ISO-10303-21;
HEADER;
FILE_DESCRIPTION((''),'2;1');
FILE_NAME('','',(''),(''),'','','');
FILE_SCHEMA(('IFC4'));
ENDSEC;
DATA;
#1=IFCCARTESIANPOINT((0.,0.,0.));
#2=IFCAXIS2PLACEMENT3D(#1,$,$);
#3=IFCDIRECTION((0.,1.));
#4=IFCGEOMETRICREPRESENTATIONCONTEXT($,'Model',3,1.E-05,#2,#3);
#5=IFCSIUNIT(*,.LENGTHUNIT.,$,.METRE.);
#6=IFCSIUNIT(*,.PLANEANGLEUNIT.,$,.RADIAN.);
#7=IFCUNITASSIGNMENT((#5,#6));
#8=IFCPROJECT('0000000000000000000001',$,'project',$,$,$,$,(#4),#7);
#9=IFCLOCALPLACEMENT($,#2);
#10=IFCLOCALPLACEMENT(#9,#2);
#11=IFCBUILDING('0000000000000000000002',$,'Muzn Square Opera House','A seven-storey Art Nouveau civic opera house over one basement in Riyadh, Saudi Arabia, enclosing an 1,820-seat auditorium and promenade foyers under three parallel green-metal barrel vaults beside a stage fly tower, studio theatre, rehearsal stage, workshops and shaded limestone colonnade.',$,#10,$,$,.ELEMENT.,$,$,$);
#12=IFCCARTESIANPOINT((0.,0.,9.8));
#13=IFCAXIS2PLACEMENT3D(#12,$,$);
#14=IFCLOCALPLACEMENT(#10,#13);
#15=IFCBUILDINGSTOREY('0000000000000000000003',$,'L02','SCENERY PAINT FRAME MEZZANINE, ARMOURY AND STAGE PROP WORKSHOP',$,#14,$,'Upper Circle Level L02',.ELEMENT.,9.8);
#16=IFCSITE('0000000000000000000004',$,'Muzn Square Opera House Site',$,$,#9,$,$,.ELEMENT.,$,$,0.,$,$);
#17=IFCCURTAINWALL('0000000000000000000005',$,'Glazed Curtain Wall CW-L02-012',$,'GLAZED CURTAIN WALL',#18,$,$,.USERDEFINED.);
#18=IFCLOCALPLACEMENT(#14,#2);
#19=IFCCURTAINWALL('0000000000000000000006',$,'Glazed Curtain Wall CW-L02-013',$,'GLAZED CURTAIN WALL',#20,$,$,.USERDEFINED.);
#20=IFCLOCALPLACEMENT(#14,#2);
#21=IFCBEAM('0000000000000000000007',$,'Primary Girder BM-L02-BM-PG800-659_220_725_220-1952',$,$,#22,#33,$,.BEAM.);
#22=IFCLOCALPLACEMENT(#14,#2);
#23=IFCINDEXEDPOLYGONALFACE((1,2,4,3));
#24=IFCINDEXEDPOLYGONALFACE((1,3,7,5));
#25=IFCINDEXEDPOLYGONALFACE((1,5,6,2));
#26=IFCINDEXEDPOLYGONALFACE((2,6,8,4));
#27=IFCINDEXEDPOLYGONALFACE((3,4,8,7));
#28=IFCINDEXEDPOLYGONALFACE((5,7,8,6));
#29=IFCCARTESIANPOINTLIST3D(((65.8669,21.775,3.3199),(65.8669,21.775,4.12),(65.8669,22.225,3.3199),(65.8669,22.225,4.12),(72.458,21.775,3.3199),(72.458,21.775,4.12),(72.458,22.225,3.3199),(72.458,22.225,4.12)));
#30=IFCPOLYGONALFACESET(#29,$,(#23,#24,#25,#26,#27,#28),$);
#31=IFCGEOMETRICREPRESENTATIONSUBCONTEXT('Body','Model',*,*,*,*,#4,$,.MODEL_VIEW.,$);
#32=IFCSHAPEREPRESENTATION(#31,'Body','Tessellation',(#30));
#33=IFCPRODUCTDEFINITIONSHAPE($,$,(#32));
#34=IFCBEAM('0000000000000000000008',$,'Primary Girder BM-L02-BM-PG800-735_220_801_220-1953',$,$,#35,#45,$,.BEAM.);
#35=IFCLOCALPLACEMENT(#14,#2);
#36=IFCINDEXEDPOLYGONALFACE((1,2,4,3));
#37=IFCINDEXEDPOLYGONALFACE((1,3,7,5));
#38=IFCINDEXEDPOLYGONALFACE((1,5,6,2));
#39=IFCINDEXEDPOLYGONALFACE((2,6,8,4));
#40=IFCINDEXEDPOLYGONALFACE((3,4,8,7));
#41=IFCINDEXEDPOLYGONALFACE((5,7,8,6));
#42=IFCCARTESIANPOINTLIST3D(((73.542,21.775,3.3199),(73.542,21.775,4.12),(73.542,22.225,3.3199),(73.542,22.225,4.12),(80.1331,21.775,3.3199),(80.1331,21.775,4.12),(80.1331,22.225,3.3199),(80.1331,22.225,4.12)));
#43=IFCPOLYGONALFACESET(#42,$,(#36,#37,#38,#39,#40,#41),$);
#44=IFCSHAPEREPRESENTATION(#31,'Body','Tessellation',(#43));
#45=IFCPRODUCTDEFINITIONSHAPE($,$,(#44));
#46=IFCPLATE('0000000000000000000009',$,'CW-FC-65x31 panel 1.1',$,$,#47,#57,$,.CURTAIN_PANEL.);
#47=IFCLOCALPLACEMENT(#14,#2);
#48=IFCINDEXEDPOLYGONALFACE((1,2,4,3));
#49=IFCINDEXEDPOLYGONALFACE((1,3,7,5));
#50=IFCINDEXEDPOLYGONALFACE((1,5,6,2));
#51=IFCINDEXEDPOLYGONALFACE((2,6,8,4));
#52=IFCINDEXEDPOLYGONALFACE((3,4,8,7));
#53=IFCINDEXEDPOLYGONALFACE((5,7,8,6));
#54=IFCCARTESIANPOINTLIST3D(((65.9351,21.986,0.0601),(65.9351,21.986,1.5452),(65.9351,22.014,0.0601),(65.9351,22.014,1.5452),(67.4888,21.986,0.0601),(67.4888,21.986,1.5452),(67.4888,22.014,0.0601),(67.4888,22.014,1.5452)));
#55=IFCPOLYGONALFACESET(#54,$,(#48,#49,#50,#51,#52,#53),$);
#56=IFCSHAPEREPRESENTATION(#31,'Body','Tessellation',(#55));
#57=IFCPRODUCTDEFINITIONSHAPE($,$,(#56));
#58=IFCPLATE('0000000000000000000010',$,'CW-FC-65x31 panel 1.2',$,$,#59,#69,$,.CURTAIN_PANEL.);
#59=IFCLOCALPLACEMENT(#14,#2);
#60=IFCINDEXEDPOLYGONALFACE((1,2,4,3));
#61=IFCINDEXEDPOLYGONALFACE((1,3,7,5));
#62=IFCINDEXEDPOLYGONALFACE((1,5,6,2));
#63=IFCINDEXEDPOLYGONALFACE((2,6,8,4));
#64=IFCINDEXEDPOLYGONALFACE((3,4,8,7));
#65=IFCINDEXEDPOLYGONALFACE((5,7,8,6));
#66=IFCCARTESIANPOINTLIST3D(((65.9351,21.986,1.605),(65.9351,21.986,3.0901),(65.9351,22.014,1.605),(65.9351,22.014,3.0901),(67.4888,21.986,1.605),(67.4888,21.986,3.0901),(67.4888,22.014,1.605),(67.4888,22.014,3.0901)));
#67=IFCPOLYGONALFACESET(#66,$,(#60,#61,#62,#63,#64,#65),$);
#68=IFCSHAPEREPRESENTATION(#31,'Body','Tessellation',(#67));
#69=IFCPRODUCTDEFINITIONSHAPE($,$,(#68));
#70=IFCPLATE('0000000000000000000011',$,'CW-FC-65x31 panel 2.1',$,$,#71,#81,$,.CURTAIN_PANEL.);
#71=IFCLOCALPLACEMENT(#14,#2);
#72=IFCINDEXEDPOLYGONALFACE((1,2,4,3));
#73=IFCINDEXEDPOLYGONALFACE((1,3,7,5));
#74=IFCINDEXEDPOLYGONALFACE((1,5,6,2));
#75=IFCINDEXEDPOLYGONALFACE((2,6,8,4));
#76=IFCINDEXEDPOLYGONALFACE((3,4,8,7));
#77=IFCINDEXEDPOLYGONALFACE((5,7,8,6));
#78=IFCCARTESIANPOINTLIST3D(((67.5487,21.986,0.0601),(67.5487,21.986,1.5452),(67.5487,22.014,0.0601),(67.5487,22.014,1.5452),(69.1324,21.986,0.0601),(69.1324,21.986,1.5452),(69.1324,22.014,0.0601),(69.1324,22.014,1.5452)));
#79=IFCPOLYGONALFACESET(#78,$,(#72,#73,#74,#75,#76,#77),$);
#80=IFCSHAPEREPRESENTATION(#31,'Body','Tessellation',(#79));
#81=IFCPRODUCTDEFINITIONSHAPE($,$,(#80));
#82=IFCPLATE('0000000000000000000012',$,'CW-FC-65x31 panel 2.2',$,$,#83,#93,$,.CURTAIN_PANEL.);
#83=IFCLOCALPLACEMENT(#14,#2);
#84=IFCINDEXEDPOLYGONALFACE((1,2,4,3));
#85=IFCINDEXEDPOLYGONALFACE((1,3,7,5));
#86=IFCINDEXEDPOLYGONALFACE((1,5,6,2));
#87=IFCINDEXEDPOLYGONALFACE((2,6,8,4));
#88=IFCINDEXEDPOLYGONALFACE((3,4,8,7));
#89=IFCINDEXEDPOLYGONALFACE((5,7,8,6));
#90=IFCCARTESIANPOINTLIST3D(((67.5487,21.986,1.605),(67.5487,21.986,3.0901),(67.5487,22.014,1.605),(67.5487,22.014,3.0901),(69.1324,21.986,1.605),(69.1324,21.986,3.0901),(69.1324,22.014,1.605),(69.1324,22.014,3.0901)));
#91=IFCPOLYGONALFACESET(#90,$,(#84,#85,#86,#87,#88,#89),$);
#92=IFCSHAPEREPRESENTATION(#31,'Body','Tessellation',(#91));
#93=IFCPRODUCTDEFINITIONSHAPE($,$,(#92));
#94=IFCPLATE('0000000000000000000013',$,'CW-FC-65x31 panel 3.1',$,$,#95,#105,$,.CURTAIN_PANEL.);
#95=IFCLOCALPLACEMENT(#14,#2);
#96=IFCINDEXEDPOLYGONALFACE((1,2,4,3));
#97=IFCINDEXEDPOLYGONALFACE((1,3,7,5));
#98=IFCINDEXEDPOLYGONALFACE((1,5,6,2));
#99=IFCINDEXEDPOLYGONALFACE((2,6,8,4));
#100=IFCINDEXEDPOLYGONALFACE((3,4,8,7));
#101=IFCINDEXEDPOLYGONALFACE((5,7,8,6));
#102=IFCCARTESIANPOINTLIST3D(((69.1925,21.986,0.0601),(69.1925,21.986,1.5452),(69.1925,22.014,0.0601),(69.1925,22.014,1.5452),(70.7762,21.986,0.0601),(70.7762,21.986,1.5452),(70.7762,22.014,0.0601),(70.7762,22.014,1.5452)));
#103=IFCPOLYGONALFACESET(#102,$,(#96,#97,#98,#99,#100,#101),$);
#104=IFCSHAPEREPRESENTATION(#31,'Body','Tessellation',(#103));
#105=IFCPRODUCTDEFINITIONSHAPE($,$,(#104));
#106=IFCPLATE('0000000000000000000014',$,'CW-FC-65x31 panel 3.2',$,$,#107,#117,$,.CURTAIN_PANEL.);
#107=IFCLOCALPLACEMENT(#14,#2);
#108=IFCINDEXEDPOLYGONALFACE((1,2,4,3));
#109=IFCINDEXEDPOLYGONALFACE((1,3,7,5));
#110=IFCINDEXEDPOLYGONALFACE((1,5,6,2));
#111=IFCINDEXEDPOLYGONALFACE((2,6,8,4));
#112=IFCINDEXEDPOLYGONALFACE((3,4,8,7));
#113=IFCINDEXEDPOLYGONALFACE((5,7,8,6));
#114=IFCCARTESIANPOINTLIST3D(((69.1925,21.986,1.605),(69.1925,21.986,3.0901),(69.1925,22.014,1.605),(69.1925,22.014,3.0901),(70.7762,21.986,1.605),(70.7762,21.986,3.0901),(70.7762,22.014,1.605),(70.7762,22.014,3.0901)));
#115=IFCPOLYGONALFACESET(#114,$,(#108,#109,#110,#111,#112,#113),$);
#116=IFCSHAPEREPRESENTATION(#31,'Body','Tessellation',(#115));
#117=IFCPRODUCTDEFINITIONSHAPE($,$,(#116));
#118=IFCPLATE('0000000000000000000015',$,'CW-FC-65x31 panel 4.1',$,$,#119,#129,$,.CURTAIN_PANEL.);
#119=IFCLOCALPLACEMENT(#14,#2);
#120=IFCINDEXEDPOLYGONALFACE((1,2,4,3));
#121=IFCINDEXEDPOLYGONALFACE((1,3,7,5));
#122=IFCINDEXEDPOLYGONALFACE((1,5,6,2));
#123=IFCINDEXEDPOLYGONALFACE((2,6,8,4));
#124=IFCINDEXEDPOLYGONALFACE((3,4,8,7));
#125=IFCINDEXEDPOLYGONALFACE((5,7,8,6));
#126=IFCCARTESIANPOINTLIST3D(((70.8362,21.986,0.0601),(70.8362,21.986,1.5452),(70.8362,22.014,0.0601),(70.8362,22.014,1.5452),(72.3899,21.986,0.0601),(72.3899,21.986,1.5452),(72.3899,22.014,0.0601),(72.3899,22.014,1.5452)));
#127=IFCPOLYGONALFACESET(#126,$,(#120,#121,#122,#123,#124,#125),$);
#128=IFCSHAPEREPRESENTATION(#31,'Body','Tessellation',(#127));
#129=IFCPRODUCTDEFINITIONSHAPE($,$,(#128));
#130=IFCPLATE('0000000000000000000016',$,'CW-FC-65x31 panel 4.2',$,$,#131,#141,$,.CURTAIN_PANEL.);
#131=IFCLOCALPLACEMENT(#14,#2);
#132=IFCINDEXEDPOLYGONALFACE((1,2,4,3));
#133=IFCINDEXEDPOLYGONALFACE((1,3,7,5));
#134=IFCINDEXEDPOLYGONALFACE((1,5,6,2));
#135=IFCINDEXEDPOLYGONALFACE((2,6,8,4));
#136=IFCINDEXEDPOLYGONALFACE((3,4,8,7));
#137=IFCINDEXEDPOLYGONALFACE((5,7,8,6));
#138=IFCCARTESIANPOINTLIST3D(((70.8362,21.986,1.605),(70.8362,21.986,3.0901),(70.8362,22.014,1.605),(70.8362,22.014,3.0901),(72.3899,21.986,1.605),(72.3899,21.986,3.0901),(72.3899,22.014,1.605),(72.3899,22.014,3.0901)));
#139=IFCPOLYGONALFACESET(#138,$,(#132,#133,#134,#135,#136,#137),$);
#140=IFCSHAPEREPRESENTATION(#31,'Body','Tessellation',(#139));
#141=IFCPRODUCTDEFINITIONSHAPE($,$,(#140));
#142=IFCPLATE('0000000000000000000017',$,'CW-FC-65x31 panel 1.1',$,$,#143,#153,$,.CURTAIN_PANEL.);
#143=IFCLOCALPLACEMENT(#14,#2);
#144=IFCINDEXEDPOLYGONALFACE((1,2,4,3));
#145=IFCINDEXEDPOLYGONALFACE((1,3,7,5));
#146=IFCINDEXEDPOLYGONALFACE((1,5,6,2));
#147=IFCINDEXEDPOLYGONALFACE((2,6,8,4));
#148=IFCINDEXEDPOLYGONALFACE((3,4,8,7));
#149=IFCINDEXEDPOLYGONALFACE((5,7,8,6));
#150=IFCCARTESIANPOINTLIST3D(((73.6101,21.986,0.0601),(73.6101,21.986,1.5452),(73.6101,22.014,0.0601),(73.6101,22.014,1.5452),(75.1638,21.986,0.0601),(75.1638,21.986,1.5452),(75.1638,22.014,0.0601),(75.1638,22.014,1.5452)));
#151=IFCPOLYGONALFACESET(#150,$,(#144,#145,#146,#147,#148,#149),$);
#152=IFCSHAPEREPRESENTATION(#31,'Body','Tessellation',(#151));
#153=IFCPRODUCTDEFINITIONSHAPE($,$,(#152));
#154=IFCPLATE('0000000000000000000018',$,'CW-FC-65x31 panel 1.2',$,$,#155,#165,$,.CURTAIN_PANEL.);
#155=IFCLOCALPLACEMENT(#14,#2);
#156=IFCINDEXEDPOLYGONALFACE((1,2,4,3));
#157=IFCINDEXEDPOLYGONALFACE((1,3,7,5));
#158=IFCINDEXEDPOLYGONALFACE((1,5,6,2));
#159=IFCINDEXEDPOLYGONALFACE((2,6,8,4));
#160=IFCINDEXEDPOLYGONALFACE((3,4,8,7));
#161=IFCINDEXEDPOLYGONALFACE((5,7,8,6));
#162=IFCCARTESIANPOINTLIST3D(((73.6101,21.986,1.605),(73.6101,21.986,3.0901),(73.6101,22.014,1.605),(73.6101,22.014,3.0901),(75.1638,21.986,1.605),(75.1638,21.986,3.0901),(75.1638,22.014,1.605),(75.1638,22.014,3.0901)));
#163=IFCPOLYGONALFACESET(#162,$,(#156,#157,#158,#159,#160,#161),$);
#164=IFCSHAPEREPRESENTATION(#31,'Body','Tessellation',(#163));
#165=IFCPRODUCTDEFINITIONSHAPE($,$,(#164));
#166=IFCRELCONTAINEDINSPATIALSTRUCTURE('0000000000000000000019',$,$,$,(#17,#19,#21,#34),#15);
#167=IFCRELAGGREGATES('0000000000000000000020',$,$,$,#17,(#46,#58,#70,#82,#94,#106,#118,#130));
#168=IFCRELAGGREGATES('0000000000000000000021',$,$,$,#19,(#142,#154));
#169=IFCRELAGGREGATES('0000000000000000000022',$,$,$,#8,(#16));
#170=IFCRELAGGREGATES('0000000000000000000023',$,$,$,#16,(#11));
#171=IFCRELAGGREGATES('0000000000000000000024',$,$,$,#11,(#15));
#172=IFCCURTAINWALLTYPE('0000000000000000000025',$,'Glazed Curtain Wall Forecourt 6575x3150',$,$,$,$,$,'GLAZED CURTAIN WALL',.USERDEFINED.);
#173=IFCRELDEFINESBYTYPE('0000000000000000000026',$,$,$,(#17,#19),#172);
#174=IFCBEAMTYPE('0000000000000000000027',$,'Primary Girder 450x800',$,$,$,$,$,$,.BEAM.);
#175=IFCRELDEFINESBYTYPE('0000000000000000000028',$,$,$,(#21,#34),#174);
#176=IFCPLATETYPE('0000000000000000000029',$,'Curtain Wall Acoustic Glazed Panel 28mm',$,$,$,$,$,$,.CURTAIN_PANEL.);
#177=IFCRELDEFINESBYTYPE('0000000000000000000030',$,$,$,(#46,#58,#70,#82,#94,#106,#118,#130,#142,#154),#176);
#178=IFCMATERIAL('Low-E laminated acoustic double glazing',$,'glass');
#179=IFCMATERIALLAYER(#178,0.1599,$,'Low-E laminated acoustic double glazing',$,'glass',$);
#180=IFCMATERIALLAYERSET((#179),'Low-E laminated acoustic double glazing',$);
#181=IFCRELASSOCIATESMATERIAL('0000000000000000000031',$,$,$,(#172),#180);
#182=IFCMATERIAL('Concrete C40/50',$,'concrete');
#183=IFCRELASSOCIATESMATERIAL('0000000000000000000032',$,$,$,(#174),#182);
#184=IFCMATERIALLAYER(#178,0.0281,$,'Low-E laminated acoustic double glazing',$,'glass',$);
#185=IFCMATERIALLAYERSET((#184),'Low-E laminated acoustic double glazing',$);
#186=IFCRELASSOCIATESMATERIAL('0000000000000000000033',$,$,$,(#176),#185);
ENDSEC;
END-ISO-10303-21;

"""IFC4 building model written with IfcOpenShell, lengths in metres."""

from ifc_helpers import new_model, si_unit, direction, frame, origin, origin_2d, place, context, subcontext, project, spatial, rectangle, extrude, material, layer, layer_set, material_profile, profile_set, type_object, element, aggregate, save


model = new_model("IFC4")

# Units and contexts
model_context = context("Model", 3, precision=1e-05, world=origin(), true_north=direction((0.0, 1.0)))
body_context = subcontext(model_context, "Body", "Model", "MODEL_VIEW")
ifc_project = project(units=[si_unit("LENGTHUNIT", "METRE"), si_unit("PLANEANGLEUNIT", "RADIAN")], contexts=[model_context])

# Site, building, storey
site_placement = place(None, origin())
site = spatial("IfcSite", under=ifc_project, at=site_placement, Name="Muzn Square Opera House Site", CompositionType="ELEMENT", RefElevation=0.0)
building_placement = place(site_placement, origin())
building = spatial("IfcBuilding", under=site, at=building_placement, Name="Muzn Square Opera House", Description="A seven-storey Art Nouveau civic opera house over one basement in Riyadh, Saudi Arabia, enclosing an 1,820-seat auditorium and promenade foyers under three parallel green-metal barrel vaults beside a stage fly tower, studio theatre, rehearsal stage, workshops and shaded limestone colonnade.", CompositionType="ELEMENT")
storey_placement = place(building_placement, frame((0.0, 0.0, 9.8)))
storey = spatial("IfcBuildingStorey", under=building, at=storey_placement, Name="L02", Description="SCENERY PAINT FRAME MEZZANINE, ARMOURY AND STAGE PROP WORKSHOP", LongName="Upper Circle Level L02", CompositionType="ELEMENT", Elevation=9.8)

# Curtain wall
ifc_material_1 = material(Name="Low-E laminated acoustic double glazing", Category="glass")
ifc_layer_1 = layer(ifc_material_1, 0.1599, Name="Low-E laminated acoustic double glazing", Category="glass")
ifc_layer_set_1 = layer_set([ifc_layer_1], Name="Low-E laminated acoustic double glazing")
curtain_wall_type = type_object("IfcCurtainWallType", Name="Glazed Curtain Wall Forecourt 6575x3150", ElementType="GLAZED CURTAIN WALL", PredefinedType="USERDEFINED", material=ifc_layer_set_1)
curtain_wall_1_placement = place(storey_placement, origin())
curtain_wall_1 = element("IfcCurtainWall", 1, at=curtain_wall_1_placement, inside=storey, type_object=curtain_wall_type, Name="Glazed Curtain Wall CW-L02-012", ObjectType="GLAZED CURTAIN WALL", PredefinedType="USERDEFINED")

# Curtain wall
curtain_wall_2_placement = place(storey_placement, origin())
curtain_wall_2 = element("IfcCurtainWall", 2, at=curtain_wall_2_placement, inside=storey, type_object=curtain_wall_type, Name="Glazed Curtain Wall CW-L02-013", ObjectType="GLAZED CURTAIN WALL", PredefinedType="USERDEFINED")

# Beams
ifc_material_2 = material(Name="Concrete C40/50", Category="concrete")
ifc_material_profile_1 = material_profile(ifc_material_2, rectangle(XDim=0.45, YDim=0.8, at=origin_2d()), Name="RCB 450x800", Category="concrete")
ifc_profile_set_1 = profile_set([ifc_material_profile_1], Name="Concrete C40/50")
beam_type = type_object("IfcBeamType", Name="Primary Girder 450x800", PredefinedType="BEAM", material=ifc_profile_set_1)
for number, where, z_axis, x_axis, name in (
    (3, (65.8669, 22.0, 3.72), (1.0, 0.0, 0.0), (0.0, 1.0, 0.0), "Primary Girder BM-L02-BM-PG800-659_220_725_220-1952"),
    (4, (73.542, 22.0, 3.72), (1.0, 0.0, 0.0), (0.0, 1.0, 0.0), "Primary Girder BM-L02-BM-PG800-735_220_801_220-1953"),
):
    element("IfcBeam", number, at=place(storey_placement, frame(where, z_axis=z_axis, x_axis=x_axis)), inside=storey, type_object=beam_type, Name=name, PredefinedType="BEAM", context=body_context, shape_type="SweptSolid", body=[
        extrude(rectangle(XDim=0.45, YDim=0.8, at=origin_2d()), origin(), (0.0, 0.0, 1.0), 6.5911),
    ])

# Plates
ifc_layer_2 = layer(ifc_material_1, 0.0281, Name="Low-E laminated acoustic double glazing", Category="glass")
ifc_layer_set_2 = layer_set([ifc_layer_2], Name="Low-E laminated acoustic double glazing")
plate_type = type_object("IfcPlateType", Name="Curtain Wall Acoustic Glazed Panel 28mm", PredefinedType="CURTAIN_PANEL", material=ifc_layer_set_2)
plate_1_placement = place(storey_placement, frame((66.7119, 22.0, 0.0601), z_axis=(0.0, 0.0, 1.0), x_axis=(1.0, 0.0, 0.0)))
plate_1 = element("IfcPlate", 5, at=plate_1_placement, type_object=plate_type, Name="CW-FC-65x31 panel 1.1", PredefinedType="CURTAIN_PANEL", context=body_context, shape_type="SweptSolid", body=[
    extrude(rectangle(XDim=1.5537, YDim=0.0281, at=origin_2d()), origin(), (0.0, 0.0, 1.0), 1.4851),
])
plate_2_placement = place(storey_placement, frame((66.7119, 22.0, 1.605), z_axis=(0.0, 0.0, 1.0), x_axis=(1.0, 0.0, 0.0)))
plate_2 = element("IfcPlate", 6, at=plate_2_placement, type_object=plate_type, Name="CW-FC-65x31 panel 1.2", PredefinedType="CURTAIN_PANEL", context=body_context, shape_type="SweptSolid", body=[
    extrude(rectangle(XDim=1.5537, YDim=0.0281, at=origin_2d()), origin(), (0.0, 0.0, 1.0), 1.4851),
])
plate_3_placement = place(storey_placement, frame((68.3406, 22.0, 0.0601), z_axis=(0.0, 0.0, 1.0), x_axis=(1.0, 0.0, 0.0)))
plate_3 = element("IfcPlate", 7, at=plate_3_placement, type_object=plate_type, Name="CW-FC-65x31 panel 2.1", PredefinedType="CURTAIN_PANEL", context=body_context, shape_type="SweptSolid", body=[
    extrude(rectangle(XDim=1.5837, YDim=0.0281, at=origin_2d()), origin(), (0.0, 0.0, 1.0), 1.4851),
])
plate_4_placement = place(storey_placement, frame((68.3406, 22.0, 1.605), z_axis=(0.0, 0.0, 1.0), x_axis=(1.0, 0.0, 0.0)))
plate_4 = element("IfcPlate", 8, at=plate_4_placement, type_object=plate_type, Name="CW-FC-65x31 panel 2.2", PredefinedType="CURTAIN_PANEL", context=body_context, shape_type="SweptSolid", body=[
    extrude(rectangle(XDim=1.5837, YDim=0.0281, at=origin_2d()), origin(), (0.0, 0.0, 1.0), 1.4851),
])
plate_5_placement = place(storey_placement, frame((69.9844, 22.0, 0.0601), z_axis=(0.0, 0.0, 1.0), x_axis=(1.0, 0.0, 0.0)))
plate_5 = element("IfcPlate", 9, at=plate_5_placement, type_object=plate_type, Name="CW-FC-65x31 panel 3.1", PredefinedType="CURTAIN_PANEL", context=body_context, shape_type="SweptSolid", body=[
    extrude(rectangle(XDim=1.5837, YDim=0.0281, at=origin_2d()), origin(), (0.0, 0.0, 1.0), 1.4851),
])
plate_6_placement = place(storey_placement, frame((69.9844, 22.0, 1.605), z_axis=(0.0, 0.0, 1.0), x_axis=(1.0, 0.0, 0.0)))
plate_6 = element("IfcPlate", 10, at=plate_6_placement, type_object=plate_type, Name="CW-FC-65x31 panel 3.2", PredefinedType="CURTAIN_PANEL", context=body_context, shape_type="SweptSolid", body=[
    extrude(rectangle(XDim=1.5837, YDim=0.0281, at=origin_2d()), origin(), (0.0, 0.0, 1.0), 1.4851),
])
plate_7_placement = place(storey_placement, frame((71.613, 22.0, 0.0601), z_axis=(0.0, 0.0, 1.0), x_axis=(1.0, 0.0, 0.0)))
plate_7 = element("IfcPlate", 11, at=plate_7_placement, type_object=plate_type, Name="CW-FC-65x31 panel 4.1", PredefinedType="CURTAIN_PANEL", context=body_context, shape_type="SweptSolid", body=[
    extrude(rectangle(XDim=1.5537, YDim=0.0281, at=origin_2d()), origin(), (0.0, 0.0, 1.0), 1.4851),
])
plate_8_placement = place(storey_placement, frame((71.613, 22.0, 1.605), z_axis=(0.0, 0.0, 1.0), x_axis=(1.0, 0.0, 0.0)))
plate_8 = element("IfcPlate", 12, at=plate_8_placement, type_object=plate_type, Name="CW-FC-65x31 panel 4.2", PredefinedType="CURTAIN_PANEL", context=body_context, shape_type="SweptSolid", body=[
    extrude(rectangle(XDim=1.5537, YDim=0.0281, at=origin_2d()), origin(), (0.0, 0.0, 1.0), 1.4851),
])
aggregate(curtain_wall_1, [plate_1, plate_2, plate_3, plate_4, plate_5, plate_6, plate_7, plate_8])
plate_9_placement = place(storey_placement, frame((74.387, 22.0, 0.0601), z_axis=(0.0, 0.0, 1.0), x_axis=(1.0, 0.0, 0.0)))
plate_9 = element("IfcPlate", 13, at=plate_9_placement, type_object=plate_type, Name="CW-FC-65x31 panel 1.1", PredefinedType="CURTAIN_PANEL", context=body_context, shape_type="SweptSolid", body=[
    extrude(rectangle(XDim=1.5537, YDim=0.0281, at=origin_2d()), origin(), (0.0, 0.0, 1.0), 1.4851),
])
plate_10_placement = place(storey_placement, frame((74.387, 22.0, 1.605), z_axis=(0.0, 0.0, 1.0), x_axis=(1.0, 0.0, 0.0)))
plate_10 = element("IfcPlate", 14, at=plate_10_placement, type_object=plate_type, Name="CW-FC-65x31 panel 1.2", PredefinedType="CURTAIN_PANEL", context=body_context, shape_type="SweptSolid", body=[
    extrude(rectangle(XDim=1.5537, YDim=0.0281, at=origin_2d()), origin(), (0.0, 0.0, 1.0), 1.4851),
])
aggregate(curtain_wall_2, [plate_9, plate_10])

save(model, "model.ifc")
